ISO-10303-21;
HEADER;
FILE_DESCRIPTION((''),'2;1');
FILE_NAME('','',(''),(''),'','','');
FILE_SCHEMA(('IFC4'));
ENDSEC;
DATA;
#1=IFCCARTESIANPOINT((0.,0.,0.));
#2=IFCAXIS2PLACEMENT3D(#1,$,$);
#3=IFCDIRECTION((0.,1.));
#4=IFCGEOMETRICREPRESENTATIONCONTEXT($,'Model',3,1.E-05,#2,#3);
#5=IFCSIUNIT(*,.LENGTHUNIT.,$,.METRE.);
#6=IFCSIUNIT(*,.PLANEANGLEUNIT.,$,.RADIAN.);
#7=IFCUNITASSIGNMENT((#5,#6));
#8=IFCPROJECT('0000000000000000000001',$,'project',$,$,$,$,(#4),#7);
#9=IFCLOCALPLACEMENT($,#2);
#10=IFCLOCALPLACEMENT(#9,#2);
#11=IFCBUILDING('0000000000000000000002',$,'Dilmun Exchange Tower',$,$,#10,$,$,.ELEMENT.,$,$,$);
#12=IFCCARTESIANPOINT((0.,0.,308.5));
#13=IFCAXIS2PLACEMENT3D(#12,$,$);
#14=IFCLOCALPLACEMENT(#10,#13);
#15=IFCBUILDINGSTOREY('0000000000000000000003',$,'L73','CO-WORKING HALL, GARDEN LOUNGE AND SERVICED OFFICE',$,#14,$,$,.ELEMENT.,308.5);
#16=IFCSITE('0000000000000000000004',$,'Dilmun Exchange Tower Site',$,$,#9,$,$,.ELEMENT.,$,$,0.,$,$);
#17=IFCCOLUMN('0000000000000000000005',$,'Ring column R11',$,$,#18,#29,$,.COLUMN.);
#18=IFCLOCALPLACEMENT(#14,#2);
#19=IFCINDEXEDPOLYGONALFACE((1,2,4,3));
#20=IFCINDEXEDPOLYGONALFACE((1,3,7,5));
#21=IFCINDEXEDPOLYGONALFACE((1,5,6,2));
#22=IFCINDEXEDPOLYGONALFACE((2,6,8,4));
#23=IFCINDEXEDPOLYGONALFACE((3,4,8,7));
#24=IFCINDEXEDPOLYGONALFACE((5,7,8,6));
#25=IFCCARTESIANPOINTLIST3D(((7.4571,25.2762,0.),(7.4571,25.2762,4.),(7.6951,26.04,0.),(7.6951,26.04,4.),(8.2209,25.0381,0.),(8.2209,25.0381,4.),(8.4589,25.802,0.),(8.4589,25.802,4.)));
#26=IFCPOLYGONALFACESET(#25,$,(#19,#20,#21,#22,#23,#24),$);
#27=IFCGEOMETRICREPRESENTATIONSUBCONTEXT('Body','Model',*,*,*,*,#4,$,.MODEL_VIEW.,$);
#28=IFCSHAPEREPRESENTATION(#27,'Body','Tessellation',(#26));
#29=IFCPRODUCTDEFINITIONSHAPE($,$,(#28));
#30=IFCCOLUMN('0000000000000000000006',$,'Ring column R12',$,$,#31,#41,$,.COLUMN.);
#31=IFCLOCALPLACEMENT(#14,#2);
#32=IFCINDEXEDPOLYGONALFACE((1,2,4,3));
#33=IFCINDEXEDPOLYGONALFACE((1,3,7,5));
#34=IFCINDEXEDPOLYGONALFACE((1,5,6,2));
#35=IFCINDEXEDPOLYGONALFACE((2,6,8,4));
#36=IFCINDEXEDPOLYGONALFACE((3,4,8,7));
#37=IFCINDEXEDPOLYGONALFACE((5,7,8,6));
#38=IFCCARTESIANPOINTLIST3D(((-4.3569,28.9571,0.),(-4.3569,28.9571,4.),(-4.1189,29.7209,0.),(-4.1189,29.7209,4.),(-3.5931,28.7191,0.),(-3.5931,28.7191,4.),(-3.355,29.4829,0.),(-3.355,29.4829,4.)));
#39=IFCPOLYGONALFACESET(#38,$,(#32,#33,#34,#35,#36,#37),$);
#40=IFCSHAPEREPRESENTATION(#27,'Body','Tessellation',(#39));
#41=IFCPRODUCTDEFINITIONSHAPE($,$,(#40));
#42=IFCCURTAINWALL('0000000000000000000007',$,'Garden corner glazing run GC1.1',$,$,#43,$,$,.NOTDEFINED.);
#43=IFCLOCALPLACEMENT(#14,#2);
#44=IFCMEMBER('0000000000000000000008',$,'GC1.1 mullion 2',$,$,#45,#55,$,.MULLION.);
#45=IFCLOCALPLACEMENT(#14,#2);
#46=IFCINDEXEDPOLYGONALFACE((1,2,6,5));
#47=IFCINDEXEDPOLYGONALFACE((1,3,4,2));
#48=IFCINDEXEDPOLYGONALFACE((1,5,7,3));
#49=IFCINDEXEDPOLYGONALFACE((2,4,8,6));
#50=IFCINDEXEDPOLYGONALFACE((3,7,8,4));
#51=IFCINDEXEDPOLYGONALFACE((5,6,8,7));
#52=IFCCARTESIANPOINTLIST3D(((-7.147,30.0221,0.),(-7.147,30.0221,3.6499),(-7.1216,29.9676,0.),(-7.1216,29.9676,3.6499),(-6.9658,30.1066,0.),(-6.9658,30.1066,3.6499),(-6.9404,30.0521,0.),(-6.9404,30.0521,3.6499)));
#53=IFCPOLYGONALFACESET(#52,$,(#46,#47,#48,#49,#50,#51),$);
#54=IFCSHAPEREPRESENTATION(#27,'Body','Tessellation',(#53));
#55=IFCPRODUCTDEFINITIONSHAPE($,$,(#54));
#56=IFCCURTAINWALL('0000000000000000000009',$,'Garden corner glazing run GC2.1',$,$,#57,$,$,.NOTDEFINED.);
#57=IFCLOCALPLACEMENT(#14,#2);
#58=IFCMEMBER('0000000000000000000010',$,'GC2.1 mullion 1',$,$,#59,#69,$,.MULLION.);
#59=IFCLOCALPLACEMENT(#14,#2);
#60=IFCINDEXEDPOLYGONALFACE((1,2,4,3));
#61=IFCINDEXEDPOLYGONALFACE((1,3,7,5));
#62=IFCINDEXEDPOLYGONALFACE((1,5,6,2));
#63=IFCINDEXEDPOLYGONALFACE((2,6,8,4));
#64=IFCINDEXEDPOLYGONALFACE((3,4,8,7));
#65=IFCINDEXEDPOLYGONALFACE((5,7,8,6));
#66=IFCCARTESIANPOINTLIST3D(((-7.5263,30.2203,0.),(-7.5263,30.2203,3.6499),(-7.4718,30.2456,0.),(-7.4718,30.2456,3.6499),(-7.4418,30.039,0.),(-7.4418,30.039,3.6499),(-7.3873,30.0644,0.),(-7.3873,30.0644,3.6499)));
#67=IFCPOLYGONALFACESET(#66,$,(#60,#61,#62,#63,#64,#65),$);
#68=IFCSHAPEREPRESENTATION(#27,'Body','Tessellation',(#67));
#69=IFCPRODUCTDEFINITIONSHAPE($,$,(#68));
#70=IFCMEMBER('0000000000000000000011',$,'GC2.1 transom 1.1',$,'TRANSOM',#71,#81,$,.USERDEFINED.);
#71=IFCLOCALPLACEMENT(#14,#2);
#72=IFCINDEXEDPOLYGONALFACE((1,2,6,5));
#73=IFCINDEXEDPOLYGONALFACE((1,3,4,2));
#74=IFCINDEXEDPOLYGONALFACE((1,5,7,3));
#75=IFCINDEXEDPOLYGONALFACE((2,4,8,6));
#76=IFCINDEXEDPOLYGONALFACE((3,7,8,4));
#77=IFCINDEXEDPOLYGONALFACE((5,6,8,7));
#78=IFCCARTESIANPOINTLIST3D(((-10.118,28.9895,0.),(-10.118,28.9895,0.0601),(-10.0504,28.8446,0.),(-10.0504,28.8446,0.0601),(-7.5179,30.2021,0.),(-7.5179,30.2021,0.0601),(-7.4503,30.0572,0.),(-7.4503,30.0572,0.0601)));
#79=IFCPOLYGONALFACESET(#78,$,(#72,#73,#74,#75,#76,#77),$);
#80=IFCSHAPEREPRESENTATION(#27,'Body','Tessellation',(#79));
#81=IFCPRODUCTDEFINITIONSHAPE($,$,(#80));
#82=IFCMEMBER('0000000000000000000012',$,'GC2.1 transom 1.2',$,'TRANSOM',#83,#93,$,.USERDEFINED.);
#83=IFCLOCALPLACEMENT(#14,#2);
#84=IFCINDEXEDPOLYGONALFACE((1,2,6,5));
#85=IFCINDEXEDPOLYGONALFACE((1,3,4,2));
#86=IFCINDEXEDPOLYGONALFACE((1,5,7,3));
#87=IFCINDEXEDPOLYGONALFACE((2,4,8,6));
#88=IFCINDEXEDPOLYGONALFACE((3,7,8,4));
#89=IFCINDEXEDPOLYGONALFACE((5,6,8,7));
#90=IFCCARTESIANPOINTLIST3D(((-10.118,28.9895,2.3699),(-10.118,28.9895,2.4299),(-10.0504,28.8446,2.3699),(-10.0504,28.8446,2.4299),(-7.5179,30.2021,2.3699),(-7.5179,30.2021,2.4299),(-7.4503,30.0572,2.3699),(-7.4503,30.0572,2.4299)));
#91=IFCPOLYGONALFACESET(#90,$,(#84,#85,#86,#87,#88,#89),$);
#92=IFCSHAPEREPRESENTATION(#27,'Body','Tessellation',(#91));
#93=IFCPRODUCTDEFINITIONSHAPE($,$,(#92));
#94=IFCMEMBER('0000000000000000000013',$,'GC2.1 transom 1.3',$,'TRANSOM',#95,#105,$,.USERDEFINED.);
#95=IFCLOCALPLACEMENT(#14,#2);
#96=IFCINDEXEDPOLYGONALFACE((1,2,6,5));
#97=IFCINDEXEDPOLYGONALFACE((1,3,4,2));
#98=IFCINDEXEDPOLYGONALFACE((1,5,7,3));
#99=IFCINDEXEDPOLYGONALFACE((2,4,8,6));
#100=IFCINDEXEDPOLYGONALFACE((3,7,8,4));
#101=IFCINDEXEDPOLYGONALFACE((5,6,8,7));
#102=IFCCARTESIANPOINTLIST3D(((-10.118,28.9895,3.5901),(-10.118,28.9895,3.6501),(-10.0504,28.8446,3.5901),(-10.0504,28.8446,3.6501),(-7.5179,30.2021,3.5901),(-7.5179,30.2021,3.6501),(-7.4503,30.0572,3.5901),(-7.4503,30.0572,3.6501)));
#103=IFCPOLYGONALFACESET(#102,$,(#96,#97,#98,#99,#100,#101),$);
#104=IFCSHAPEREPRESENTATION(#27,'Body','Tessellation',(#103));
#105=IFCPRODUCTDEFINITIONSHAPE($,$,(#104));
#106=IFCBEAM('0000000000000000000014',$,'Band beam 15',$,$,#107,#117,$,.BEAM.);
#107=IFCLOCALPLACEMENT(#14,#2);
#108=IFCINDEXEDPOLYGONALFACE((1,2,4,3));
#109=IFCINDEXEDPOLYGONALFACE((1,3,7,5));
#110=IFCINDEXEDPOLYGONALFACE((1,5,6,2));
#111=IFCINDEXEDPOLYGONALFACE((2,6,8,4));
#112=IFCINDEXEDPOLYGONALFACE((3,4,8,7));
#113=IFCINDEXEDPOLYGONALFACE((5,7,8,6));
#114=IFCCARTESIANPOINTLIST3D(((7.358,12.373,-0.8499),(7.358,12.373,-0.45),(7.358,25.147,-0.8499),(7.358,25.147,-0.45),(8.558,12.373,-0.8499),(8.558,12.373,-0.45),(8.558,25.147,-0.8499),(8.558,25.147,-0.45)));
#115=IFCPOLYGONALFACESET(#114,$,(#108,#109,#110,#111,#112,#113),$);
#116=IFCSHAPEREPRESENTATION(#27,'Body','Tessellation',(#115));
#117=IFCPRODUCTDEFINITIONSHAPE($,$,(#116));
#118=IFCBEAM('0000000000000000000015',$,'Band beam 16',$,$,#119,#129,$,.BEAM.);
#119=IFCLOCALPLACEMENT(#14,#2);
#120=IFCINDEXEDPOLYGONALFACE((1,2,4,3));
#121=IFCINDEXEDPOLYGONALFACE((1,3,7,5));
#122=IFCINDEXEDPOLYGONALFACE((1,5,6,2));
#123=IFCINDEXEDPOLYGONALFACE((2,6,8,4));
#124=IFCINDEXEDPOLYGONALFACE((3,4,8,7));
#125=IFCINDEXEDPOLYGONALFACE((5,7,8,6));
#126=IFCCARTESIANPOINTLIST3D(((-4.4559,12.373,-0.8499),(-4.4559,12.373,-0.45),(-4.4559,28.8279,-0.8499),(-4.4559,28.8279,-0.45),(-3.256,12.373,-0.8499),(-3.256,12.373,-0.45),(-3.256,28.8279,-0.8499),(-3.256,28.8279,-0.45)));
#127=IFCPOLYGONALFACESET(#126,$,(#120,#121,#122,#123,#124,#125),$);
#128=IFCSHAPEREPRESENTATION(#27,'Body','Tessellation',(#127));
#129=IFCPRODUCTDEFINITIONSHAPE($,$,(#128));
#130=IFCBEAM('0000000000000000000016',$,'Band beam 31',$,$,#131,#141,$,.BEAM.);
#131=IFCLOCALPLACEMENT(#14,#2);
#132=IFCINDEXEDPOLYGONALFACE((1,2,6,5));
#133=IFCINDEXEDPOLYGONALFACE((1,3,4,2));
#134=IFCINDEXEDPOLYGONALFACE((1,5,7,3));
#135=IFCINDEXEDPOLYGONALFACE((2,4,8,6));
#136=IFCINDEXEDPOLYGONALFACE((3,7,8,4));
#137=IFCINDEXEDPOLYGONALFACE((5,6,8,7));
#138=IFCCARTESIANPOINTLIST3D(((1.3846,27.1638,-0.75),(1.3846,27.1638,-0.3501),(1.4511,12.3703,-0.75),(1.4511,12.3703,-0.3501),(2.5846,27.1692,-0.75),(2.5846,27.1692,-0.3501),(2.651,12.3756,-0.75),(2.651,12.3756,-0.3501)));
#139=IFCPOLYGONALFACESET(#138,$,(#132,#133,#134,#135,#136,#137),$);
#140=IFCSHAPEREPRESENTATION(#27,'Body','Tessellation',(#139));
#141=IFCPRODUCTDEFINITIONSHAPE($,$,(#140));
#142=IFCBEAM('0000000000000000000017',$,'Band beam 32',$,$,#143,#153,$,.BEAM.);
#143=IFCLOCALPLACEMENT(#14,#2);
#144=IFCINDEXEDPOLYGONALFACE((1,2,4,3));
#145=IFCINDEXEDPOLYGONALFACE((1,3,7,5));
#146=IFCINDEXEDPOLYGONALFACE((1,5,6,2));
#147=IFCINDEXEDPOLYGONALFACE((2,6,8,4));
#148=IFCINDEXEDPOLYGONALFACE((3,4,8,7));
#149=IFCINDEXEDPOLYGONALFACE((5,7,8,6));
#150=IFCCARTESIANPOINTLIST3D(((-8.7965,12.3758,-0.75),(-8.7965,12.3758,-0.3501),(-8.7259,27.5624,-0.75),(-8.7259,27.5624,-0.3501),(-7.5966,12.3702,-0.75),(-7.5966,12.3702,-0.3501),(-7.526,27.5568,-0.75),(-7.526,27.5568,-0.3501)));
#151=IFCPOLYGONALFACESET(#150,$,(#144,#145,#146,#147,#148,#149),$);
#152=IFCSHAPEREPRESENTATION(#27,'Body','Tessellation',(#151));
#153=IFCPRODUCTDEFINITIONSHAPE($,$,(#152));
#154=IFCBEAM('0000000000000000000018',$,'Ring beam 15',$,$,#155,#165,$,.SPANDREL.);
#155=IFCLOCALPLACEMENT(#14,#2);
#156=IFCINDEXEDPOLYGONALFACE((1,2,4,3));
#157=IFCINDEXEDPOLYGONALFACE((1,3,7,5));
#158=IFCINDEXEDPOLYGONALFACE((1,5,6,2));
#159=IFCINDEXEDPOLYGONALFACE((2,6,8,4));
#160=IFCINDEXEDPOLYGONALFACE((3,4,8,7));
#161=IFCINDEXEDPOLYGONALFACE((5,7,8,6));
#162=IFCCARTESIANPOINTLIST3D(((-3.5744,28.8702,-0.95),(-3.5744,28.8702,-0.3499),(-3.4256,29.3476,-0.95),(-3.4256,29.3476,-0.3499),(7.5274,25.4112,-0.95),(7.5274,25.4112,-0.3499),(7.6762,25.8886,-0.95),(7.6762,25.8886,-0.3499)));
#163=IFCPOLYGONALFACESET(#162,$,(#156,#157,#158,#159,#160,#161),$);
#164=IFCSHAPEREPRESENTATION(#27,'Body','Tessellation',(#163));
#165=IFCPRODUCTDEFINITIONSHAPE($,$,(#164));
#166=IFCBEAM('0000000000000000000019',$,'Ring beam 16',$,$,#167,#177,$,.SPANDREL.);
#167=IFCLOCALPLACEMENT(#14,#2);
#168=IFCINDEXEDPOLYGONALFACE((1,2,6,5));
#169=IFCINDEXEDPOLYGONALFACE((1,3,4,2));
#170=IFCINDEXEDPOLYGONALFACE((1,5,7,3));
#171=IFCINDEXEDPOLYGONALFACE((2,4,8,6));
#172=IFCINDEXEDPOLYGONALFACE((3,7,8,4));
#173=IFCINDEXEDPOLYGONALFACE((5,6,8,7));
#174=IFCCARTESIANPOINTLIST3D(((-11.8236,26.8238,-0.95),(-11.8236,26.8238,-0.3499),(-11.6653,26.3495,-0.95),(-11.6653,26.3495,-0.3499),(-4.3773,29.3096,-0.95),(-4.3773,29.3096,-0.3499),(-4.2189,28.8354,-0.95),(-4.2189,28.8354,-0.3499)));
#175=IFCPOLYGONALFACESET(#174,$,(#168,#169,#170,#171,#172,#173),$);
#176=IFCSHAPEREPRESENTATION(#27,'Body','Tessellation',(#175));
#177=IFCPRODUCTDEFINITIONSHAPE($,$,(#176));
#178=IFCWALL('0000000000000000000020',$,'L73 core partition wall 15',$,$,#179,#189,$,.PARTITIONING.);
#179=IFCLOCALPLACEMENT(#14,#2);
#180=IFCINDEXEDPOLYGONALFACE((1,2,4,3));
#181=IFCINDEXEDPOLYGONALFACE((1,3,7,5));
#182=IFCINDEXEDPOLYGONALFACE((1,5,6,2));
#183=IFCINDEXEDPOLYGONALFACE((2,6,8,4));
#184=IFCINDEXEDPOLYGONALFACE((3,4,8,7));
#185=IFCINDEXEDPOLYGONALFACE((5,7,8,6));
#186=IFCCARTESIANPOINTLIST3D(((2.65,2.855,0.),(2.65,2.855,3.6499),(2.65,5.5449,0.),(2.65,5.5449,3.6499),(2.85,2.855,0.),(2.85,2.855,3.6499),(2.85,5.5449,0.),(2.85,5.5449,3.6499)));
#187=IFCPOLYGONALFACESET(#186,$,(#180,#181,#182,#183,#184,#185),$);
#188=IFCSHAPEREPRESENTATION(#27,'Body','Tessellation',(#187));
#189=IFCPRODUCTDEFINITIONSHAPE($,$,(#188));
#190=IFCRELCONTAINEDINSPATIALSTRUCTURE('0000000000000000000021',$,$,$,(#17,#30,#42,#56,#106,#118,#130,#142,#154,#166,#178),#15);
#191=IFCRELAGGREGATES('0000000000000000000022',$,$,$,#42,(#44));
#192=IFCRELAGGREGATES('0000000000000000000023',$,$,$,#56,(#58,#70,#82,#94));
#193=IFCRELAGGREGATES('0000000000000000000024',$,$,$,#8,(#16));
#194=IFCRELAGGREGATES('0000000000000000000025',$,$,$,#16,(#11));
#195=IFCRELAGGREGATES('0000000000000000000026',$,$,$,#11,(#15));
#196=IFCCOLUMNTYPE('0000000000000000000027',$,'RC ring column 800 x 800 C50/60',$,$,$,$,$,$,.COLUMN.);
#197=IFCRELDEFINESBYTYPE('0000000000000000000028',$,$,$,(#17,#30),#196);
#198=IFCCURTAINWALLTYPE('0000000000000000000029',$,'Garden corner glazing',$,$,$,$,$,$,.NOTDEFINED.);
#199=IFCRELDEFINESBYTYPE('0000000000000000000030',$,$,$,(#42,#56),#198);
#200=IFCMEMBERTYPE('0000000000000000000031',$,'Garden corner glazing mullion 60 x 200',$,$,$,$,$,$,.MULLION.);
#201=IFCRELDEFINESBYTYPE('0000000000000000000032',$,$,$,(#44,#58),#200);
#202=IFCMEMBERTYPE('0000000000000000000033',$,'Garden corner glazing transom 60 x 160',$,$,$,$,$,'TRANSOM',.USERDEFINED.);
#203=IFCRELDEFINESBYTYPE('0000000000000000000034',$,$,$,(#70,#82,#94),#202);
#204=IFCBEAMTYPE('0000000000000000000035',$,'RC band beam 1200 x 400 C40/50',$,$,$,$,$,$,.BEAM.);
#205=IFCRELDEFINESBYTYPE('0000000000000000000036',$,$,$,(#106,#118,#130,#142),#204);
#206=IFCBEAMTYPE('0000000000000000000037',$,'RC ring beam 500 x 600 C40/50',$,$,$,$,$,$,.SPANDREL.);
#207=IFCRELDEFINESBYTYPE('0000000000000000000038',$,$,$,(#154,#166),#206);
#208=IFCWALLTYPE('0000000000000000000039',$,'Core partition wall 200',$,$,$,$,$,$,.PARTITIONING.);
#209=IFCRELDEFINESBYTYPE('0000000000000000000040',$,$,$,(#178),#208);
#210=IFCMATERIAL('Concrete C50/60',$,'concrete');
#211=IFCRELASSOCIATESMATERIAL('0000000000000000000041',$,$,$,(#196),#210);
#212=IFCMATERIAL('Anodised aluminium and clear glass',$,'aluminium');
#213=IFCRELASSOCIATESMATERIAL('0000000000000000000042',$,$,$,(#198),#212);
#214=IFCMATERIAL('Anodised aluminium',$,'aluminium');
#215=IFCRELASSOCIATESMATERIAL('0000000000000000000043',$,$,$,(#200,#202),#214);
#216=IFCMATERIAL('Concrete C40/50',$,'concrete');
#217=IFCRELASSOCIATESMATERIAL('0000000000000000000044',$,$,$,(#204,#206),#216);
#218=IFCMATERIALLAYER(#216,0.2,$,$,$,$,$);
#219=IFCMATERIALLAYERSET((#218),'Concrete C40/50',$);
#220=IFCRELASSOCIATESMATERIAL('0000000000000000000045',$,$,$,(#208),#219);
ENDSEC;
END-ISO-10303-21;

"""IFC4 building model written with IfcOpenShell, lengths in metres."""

from ifc_helpers import new_model, si_unit, direction, frame, frame_2d, origin, origin_2d, place, context, subcontext, project, spatial, rectangle, extrude, material, layer, layer_set, material_profile, profile_set, type_object, element, aggregate, save


model = new_model("IFC4")

# Units and contexts
model_context = context("Model", 3, precision=1e-05, world=origin(), true_north=direction((0.0, 1.0)))
body_context = subcontext(model_context, "Body", "Model", "MODEL_VIEW")
ifc_project = project(units=[si_unit("LENGTHUNIT", "METRE"), si_unit("PLANEANGLEUNIT", "RADIAN")], contexts=[model_context])

# Site, building, storey
site_placement = place(None, origin())
site = spatial("IfcSite", under=ifc_project, at=site_placement, Name="Dilmun Exchange Tower Site", CompositionType="ELEMENT", RefElevation=0.0)
building_placement = place(site_placement, origin())
building = spatial("IfcBuilding", under=site, at=building_placement, Name="Dilmun Exchange Tower", CompositionType="ELEMENT")
storey_placement = place(building_placement, frame((0.0, 0.0, 308.5)))
storey = spatial("IfcBuildingStorey", under=building, at=storey_placement, Name="L73", Description="CO-WORKING HALL, GARDEN LOUNGE AND SERVICED OFFICE", CompositionType="ELEMENT", Elevation=308.5)

# Columns
ifc_material_1 = material(Name="Concrete C50/60", Category="concrete")
ifc_material_profile_1 = material_profile(ifc_material_1, rectangle(XDim=0.8, YDim=0.8, at=origin_2d()), Name="800 x 800")
ifc_profile_set_1 = profile_set([ifc_material_profile_1], Name="Concrete C50/60")
column_type = type_object("IfcColumnType", Name="RC ring column 800 x 800 C50/60", PredefinedType="COLUMN", material=ifc_profile_set_1)
for number, where, z_axis, x_axis, name in (
    (1, (7.958, 25.5391, 0.0), (0.0, 0.0, 1.0), (0.297503, 0.954721, 0.0), "Ring column R11"),
    (2, (-3.856, 29.22, 0.0), (0.0, 0.0, 1.0), (0.297503, 0.954721, 0.0), "Ring column R12"),
):
    element("IfcColumn", number, at=place(storey_placement, frame(where, z_axis=z_axis, x_axis=x_axis)), inside=storey, type_object=column_type, Name=name, PredefinedType="COLUMN", context=body_context, shape_type="SweptSolid", body=[
        extrude(rectangle(XDim=0.8, YDim=0.8, at=origin_2d()), origin(), (0.0, 0.0, 1.0), 4.0),
    ])

# Curtain wall, member
ifc_material_2 = material(Name="Anodised aluminium and clear glass", Category="aluminium")
curtain_wall_type = type_object("IfcCurtainWallType", Name="Garden corner glazing", PredefinedType="NOTDEFINED", material=ifc_material_2)
curtain_wall_1_placement = place(storey_placement, origin())
curtain_wall_1 = element("IfcCurtainWall", 3, at=curtain_wall_1_placement, inside=storey, type_object=curtain_wall_type, Name="Garden corner glazing run GC1.1", PredefinedType="NOTDEFINED")
ifc_material_3 = material(Name="Anodised aluminium", Category="aluminium")
ifc_material_profile_2 = material_profile(ifc_material_3, rectangle(XDim=0.2, YDim=0.0601, at=origin_2d()), Name="AL 60x200")
ifc_profile_set_2 = profile_set([ifc_material_profile_2], Name="Anodised aluminium")
member_type_1 = type_object("IfcMemberType", Name="Garden corner glazing mullion 60 x 200", PredefinedType="MULLION", material=ifc_profile_set_2)
member_1_placement = place(storey_placement, frame((-7.0437, 30.0371, 0.0), z_axis=(0.0, 0.0, 1.0), x_axis=(0.906305, 0.422623, 0.0)))
member_1 = element("IfcMember", 4, at=member_1_placement, type_object=member_type_1, Name="GC1.1 mullion 2", PredefinedType="MULLION", context=body_context, shape_type="SweptSolid", body=[
    extrude(rectangle(XDim=0.2, YDim=0.0601, at=origin_2d()), origin(), (0.0, 0.0, 1.0), 3.6499),
])
aggregate(curtain_wall_1, [member_1])

# Curtain wall, members
curtain_wall_2_placement = place(storey_placement, origin())
curtain_wall_2 = element("IfcCurtainWall", 5, at=curtain_wall_2_placement, inside=storey, type_object=curtain_wall_type, Name="Garden corner glazing run GC2.1", PredefinedType="NOTDEFINED")
member_2_placement = place(storey_placement, frame((-7.4568, 30.1423, 0.0), z_axis=(0.0, 0.0, 1.0), x_axis=(0.422611, -0.906311, 0.0)))
member_2 = element("IfcMember", 6, at=member_2_placement, type_object=member_type_1, Name="GC2.1 mullion 1", PredefinedType="MULLION", context=body_context, shape_type="SweptSolid", body=[
    extrude(rectangle(XDim=0.2, YDim=0.0601, at=origin_2d()), origin(), (0.0, 0.0, 1.0), 3.6499),
])
ifc_material_profile_3 = material_profile(ifc_material_3, rectangle(XDim=0.1599, YDim=0.0601, at=origin_2d()), Name="AL 60x160")
ifc_profile_set_3 = profile_set([ifc_material_profile_3], Name="Anodised aluminium")
member_type_2 = type_object("IfcMemberType", Name="Garden corner glazing transom 60 x 160", ElementType="TRANSOM", PredefinedType="USERDEFINED", material=ifc_profile_set_3)
member_3_placement = place(storey_placement, frame((-7.4841, 30.1296, 0.03), z_axis=(-0.906281, -0.422676, 0.0), x_axis=(0.422676, -0.906281, 0.0)))
member_3 = element("IfcMember", 7, at=member_3_placement, type_object=member_type_2, Name="GC2.1 transom 1.1", ObjectType="TRANSOM", PredefinedType="USERDEFINED", context=body_context, shape_type="SweptSolid", body=[
    extrude(rectangle(XDim=0.1599, YDim=0.0601, at=origin_2d()), origin(), (0.0, 0.0, 1.0), 2.8689),
])
member_4_placement = place(storey_placement, frame((-7.4841, 30.1296, 2.3999), z_axis=(-0.906281, -0.422676, 0.0), x_axis=(0.422676, -0.906281, 0.0)))
member_4 = element("IfcMember", 8, at=member_4_placement, type_object=member_type_2, Name="GC2.1 transom 1.2", ObjectType="TRANSOM", PredefinedType="USERDEFINED", context=body_context, shape_type="SweptSolid", body=[
    extrude(rectangle(XDim=0.1599, YDim=0.0601, at=origin_2d()), origin(), (0.0, 0.0, 1.0), 2.8689),
])
member_5_placement = place(storey_placement, frame((-7.4841, 30.1296, 3.6201), z_axis=(-0.906281, -0.422676, 0.0), x_axis=(0.422676, -0.906281, 0.0)))
member_5 = element("IfcMember", 9, at=member_5_placement, type_object=member_type_2, Name="GC2.1 transom 1.3", ObjectType="TRANSOM", PredefinedType="USERDEFINED", context=body_context, shape_type="SweptSolid", body=[
    extrude(rectangle(XDim=0.1599, YDim=0.0601, at=origin_2d()), origin(), (0.0, 0.0, 1.0), 2.8689),
])
aggregate(curtain_wall_2, [member_2, member_3, member_4, member_5])

# Beams
ifc_material_4 = material(Name="Concrete C40/50", Category="concrete")
ifc_material_profile_4 = material_profile(ifc_material_4, rectangle(XDim=1.2, YDim=0.3999, at=origin_2d()), Name="1200 x 400")
ifc_profile_set_4 = profile_set([ifc_material_profile_4], Name="Concrete C40/50")
beam_type_1 = type_object("IfcBeamType", Name="RC band beam 1200 x 400 C40/50", PredefinedType="BEAM", material=ifc_profile_set_4)
beam_1_placement = place(storey_placement, frame((7.958, 25.147, -0.6499), z_axis=(0.0, -1.0, 0.0), x_axis=(1.0, 0.0, 0.0)))
element("IfcBeam", 10, at=beam_1_placement, inside=storey, type_object=beam_type_1, Name="Band beam 15", PredefinedType="BEAM", context=body_context, shape_type="SweptSolid", body=[
    extrude(rectangle(XDim=1.2, YDim=0.3999, at=origin_2d()), origin(), (0.0, 0.0, 1.0), 12.7739),
])
beam_2_placement = place(storey_placement, frame((-3.856, 28.8279, -0.6499), z_axis=(0.0, -1.0, 0.0), x_axis=(1.0, 0.0, 0.0)))
element("IfcBeam", 11, at=beam_2_placement, inside=storey, type_object=beam_type_1, Name="Band beam 16", PredefinedType="BEAM", context=body_context, shape_type="SweptSolid", body=[
    extrude(rectangle(XDim=1.2, YDim=0.3999, at=origin_2d()), origin(), (0.0, 0.0, 1.0), 16.4548),
])
beam_3_placement = place(storey_placement, frame((1.9846, 27.1665, -0.55), z_axis=(0.004489, -0.99999, 0.0), x_axis=(0.99999, 0.004489, 0.0)))
element("IfcBeam", 12, at=beam_3_placement, inside=storey, type_object=beam_type_1, Name="Band beam 31", PredefinedType="BEAM", context=body_context, shape_type="SweptSolid", body=[
    extrude(rectangle(XDim=1.2, YDim=0.3999, at=origin_2d()), origin(), (0.0, 0.0, 1.0), 14.7937),
])
beam_4_placement = place(storey_placement, frame((-8.126, 27.5596, -0.55), z_axis=(-0.004646, -0.999989, 0.0), x_axis=(0.999989, -0.004646, 0.0)))
element("IfcBeam", 13, at=beam_4_placement, inside=storey, type_object=beam_type_1, Name="Band beam 32", PredefinedType="BEAM", context=body_context, shape_type="SweptSolid", body=[
    extrude(rectangle(XDim=1.2, YDim=0.3999, at=origin_2d()), origin(), (0.0, 0.0, 1.0), 15.1868),
])
ifc_material_profile_5 = material_profile(ifc_material_4, rectangle(XDim=0.5, YDim=0.6001, at=origin_2d()), Name="500 x 600")
ifc_profile_set_5 = profile_set([ifc_material_profile_5], Name="Concrete C40/50")
beam_type_2 = type_object("IfcBeamType", Name="RC ring beam 500 x 600 C40/50", PredefinedType="SPANDREL", material=ifc_profile_set_5)
beam_5_placement = place(storey_placement, frame((7.6018, 25.6499, -0.6499), z_axis=(-0.954733, 0.297466, 0.0), x_axis=(-0.297466, -0.954733, 0.0)))
element("IfcBeam", 14, at=beam_5_placement, inside=storey, type_object=beam_type_2, Name="Ring beam 15", PredefinedType="SPANDREL", context=body_context, shape_type="SweptSolid", body=[
    extrude(rectangle(XDim=0.5, YDim=0.6001, at=origin_2d()), origin(), (0.0, 0.0, 1.0), 11.6282),
])
beam_6_placement = place(storey_placement, frame((-4.2981, 29.0725, -0.6499), z_axis=(-0.94854, -0.316657, 0.0), x_axis=(0.316657, -0.94854, 0.0)))
element("IfcBeam", 15, at=beam_6_placement, inside=storey, type_object=beam_type_2, Name="Ring beam 16", PredefinedType="SPANDREL", context=body_context, shape_type="SweptSolid", body=[
    extrude(rectangle(XDim=0.5, YDim=0.6001, at=origin_2d()), origin(), (0.0, 0.0, 1.0), 7.8503),
])

# Wall
ifc_layer_1 = layer(ifc_material_4, 0.2)
ifc_layer_set_1 = layer_set([ifc_layer_1], Name="Concrete C40/50")
wall_type_1 = type_object("IfcWallType", Name="Core partition wall 200", PredefinedType="PARTITIONING", material=ifc_layer_set_1)
wall_1_placement = place(storey_placement, frame((2.75, 2.855, 0.0), z_axis=(0.0, 0.0, 1.0), x_axis=(0.0, 1.0, 0.0)))
element("IfcWall", 16, at=wall_1_placement, inside=storey, type_object=wall_type_1, Name="L73 core partition wall 15", PredefinedType="PARTITIONING", context=body_context, shape_type="SweptSolid", body=[
    extrude(rectangle(XDim=2.6899, YDim=0.2, at=frame_2d((1.345, 0.0))), origin(), (0.0, 0.0, 1.0), 3.6499),
])

save(model, "model.ifc")
